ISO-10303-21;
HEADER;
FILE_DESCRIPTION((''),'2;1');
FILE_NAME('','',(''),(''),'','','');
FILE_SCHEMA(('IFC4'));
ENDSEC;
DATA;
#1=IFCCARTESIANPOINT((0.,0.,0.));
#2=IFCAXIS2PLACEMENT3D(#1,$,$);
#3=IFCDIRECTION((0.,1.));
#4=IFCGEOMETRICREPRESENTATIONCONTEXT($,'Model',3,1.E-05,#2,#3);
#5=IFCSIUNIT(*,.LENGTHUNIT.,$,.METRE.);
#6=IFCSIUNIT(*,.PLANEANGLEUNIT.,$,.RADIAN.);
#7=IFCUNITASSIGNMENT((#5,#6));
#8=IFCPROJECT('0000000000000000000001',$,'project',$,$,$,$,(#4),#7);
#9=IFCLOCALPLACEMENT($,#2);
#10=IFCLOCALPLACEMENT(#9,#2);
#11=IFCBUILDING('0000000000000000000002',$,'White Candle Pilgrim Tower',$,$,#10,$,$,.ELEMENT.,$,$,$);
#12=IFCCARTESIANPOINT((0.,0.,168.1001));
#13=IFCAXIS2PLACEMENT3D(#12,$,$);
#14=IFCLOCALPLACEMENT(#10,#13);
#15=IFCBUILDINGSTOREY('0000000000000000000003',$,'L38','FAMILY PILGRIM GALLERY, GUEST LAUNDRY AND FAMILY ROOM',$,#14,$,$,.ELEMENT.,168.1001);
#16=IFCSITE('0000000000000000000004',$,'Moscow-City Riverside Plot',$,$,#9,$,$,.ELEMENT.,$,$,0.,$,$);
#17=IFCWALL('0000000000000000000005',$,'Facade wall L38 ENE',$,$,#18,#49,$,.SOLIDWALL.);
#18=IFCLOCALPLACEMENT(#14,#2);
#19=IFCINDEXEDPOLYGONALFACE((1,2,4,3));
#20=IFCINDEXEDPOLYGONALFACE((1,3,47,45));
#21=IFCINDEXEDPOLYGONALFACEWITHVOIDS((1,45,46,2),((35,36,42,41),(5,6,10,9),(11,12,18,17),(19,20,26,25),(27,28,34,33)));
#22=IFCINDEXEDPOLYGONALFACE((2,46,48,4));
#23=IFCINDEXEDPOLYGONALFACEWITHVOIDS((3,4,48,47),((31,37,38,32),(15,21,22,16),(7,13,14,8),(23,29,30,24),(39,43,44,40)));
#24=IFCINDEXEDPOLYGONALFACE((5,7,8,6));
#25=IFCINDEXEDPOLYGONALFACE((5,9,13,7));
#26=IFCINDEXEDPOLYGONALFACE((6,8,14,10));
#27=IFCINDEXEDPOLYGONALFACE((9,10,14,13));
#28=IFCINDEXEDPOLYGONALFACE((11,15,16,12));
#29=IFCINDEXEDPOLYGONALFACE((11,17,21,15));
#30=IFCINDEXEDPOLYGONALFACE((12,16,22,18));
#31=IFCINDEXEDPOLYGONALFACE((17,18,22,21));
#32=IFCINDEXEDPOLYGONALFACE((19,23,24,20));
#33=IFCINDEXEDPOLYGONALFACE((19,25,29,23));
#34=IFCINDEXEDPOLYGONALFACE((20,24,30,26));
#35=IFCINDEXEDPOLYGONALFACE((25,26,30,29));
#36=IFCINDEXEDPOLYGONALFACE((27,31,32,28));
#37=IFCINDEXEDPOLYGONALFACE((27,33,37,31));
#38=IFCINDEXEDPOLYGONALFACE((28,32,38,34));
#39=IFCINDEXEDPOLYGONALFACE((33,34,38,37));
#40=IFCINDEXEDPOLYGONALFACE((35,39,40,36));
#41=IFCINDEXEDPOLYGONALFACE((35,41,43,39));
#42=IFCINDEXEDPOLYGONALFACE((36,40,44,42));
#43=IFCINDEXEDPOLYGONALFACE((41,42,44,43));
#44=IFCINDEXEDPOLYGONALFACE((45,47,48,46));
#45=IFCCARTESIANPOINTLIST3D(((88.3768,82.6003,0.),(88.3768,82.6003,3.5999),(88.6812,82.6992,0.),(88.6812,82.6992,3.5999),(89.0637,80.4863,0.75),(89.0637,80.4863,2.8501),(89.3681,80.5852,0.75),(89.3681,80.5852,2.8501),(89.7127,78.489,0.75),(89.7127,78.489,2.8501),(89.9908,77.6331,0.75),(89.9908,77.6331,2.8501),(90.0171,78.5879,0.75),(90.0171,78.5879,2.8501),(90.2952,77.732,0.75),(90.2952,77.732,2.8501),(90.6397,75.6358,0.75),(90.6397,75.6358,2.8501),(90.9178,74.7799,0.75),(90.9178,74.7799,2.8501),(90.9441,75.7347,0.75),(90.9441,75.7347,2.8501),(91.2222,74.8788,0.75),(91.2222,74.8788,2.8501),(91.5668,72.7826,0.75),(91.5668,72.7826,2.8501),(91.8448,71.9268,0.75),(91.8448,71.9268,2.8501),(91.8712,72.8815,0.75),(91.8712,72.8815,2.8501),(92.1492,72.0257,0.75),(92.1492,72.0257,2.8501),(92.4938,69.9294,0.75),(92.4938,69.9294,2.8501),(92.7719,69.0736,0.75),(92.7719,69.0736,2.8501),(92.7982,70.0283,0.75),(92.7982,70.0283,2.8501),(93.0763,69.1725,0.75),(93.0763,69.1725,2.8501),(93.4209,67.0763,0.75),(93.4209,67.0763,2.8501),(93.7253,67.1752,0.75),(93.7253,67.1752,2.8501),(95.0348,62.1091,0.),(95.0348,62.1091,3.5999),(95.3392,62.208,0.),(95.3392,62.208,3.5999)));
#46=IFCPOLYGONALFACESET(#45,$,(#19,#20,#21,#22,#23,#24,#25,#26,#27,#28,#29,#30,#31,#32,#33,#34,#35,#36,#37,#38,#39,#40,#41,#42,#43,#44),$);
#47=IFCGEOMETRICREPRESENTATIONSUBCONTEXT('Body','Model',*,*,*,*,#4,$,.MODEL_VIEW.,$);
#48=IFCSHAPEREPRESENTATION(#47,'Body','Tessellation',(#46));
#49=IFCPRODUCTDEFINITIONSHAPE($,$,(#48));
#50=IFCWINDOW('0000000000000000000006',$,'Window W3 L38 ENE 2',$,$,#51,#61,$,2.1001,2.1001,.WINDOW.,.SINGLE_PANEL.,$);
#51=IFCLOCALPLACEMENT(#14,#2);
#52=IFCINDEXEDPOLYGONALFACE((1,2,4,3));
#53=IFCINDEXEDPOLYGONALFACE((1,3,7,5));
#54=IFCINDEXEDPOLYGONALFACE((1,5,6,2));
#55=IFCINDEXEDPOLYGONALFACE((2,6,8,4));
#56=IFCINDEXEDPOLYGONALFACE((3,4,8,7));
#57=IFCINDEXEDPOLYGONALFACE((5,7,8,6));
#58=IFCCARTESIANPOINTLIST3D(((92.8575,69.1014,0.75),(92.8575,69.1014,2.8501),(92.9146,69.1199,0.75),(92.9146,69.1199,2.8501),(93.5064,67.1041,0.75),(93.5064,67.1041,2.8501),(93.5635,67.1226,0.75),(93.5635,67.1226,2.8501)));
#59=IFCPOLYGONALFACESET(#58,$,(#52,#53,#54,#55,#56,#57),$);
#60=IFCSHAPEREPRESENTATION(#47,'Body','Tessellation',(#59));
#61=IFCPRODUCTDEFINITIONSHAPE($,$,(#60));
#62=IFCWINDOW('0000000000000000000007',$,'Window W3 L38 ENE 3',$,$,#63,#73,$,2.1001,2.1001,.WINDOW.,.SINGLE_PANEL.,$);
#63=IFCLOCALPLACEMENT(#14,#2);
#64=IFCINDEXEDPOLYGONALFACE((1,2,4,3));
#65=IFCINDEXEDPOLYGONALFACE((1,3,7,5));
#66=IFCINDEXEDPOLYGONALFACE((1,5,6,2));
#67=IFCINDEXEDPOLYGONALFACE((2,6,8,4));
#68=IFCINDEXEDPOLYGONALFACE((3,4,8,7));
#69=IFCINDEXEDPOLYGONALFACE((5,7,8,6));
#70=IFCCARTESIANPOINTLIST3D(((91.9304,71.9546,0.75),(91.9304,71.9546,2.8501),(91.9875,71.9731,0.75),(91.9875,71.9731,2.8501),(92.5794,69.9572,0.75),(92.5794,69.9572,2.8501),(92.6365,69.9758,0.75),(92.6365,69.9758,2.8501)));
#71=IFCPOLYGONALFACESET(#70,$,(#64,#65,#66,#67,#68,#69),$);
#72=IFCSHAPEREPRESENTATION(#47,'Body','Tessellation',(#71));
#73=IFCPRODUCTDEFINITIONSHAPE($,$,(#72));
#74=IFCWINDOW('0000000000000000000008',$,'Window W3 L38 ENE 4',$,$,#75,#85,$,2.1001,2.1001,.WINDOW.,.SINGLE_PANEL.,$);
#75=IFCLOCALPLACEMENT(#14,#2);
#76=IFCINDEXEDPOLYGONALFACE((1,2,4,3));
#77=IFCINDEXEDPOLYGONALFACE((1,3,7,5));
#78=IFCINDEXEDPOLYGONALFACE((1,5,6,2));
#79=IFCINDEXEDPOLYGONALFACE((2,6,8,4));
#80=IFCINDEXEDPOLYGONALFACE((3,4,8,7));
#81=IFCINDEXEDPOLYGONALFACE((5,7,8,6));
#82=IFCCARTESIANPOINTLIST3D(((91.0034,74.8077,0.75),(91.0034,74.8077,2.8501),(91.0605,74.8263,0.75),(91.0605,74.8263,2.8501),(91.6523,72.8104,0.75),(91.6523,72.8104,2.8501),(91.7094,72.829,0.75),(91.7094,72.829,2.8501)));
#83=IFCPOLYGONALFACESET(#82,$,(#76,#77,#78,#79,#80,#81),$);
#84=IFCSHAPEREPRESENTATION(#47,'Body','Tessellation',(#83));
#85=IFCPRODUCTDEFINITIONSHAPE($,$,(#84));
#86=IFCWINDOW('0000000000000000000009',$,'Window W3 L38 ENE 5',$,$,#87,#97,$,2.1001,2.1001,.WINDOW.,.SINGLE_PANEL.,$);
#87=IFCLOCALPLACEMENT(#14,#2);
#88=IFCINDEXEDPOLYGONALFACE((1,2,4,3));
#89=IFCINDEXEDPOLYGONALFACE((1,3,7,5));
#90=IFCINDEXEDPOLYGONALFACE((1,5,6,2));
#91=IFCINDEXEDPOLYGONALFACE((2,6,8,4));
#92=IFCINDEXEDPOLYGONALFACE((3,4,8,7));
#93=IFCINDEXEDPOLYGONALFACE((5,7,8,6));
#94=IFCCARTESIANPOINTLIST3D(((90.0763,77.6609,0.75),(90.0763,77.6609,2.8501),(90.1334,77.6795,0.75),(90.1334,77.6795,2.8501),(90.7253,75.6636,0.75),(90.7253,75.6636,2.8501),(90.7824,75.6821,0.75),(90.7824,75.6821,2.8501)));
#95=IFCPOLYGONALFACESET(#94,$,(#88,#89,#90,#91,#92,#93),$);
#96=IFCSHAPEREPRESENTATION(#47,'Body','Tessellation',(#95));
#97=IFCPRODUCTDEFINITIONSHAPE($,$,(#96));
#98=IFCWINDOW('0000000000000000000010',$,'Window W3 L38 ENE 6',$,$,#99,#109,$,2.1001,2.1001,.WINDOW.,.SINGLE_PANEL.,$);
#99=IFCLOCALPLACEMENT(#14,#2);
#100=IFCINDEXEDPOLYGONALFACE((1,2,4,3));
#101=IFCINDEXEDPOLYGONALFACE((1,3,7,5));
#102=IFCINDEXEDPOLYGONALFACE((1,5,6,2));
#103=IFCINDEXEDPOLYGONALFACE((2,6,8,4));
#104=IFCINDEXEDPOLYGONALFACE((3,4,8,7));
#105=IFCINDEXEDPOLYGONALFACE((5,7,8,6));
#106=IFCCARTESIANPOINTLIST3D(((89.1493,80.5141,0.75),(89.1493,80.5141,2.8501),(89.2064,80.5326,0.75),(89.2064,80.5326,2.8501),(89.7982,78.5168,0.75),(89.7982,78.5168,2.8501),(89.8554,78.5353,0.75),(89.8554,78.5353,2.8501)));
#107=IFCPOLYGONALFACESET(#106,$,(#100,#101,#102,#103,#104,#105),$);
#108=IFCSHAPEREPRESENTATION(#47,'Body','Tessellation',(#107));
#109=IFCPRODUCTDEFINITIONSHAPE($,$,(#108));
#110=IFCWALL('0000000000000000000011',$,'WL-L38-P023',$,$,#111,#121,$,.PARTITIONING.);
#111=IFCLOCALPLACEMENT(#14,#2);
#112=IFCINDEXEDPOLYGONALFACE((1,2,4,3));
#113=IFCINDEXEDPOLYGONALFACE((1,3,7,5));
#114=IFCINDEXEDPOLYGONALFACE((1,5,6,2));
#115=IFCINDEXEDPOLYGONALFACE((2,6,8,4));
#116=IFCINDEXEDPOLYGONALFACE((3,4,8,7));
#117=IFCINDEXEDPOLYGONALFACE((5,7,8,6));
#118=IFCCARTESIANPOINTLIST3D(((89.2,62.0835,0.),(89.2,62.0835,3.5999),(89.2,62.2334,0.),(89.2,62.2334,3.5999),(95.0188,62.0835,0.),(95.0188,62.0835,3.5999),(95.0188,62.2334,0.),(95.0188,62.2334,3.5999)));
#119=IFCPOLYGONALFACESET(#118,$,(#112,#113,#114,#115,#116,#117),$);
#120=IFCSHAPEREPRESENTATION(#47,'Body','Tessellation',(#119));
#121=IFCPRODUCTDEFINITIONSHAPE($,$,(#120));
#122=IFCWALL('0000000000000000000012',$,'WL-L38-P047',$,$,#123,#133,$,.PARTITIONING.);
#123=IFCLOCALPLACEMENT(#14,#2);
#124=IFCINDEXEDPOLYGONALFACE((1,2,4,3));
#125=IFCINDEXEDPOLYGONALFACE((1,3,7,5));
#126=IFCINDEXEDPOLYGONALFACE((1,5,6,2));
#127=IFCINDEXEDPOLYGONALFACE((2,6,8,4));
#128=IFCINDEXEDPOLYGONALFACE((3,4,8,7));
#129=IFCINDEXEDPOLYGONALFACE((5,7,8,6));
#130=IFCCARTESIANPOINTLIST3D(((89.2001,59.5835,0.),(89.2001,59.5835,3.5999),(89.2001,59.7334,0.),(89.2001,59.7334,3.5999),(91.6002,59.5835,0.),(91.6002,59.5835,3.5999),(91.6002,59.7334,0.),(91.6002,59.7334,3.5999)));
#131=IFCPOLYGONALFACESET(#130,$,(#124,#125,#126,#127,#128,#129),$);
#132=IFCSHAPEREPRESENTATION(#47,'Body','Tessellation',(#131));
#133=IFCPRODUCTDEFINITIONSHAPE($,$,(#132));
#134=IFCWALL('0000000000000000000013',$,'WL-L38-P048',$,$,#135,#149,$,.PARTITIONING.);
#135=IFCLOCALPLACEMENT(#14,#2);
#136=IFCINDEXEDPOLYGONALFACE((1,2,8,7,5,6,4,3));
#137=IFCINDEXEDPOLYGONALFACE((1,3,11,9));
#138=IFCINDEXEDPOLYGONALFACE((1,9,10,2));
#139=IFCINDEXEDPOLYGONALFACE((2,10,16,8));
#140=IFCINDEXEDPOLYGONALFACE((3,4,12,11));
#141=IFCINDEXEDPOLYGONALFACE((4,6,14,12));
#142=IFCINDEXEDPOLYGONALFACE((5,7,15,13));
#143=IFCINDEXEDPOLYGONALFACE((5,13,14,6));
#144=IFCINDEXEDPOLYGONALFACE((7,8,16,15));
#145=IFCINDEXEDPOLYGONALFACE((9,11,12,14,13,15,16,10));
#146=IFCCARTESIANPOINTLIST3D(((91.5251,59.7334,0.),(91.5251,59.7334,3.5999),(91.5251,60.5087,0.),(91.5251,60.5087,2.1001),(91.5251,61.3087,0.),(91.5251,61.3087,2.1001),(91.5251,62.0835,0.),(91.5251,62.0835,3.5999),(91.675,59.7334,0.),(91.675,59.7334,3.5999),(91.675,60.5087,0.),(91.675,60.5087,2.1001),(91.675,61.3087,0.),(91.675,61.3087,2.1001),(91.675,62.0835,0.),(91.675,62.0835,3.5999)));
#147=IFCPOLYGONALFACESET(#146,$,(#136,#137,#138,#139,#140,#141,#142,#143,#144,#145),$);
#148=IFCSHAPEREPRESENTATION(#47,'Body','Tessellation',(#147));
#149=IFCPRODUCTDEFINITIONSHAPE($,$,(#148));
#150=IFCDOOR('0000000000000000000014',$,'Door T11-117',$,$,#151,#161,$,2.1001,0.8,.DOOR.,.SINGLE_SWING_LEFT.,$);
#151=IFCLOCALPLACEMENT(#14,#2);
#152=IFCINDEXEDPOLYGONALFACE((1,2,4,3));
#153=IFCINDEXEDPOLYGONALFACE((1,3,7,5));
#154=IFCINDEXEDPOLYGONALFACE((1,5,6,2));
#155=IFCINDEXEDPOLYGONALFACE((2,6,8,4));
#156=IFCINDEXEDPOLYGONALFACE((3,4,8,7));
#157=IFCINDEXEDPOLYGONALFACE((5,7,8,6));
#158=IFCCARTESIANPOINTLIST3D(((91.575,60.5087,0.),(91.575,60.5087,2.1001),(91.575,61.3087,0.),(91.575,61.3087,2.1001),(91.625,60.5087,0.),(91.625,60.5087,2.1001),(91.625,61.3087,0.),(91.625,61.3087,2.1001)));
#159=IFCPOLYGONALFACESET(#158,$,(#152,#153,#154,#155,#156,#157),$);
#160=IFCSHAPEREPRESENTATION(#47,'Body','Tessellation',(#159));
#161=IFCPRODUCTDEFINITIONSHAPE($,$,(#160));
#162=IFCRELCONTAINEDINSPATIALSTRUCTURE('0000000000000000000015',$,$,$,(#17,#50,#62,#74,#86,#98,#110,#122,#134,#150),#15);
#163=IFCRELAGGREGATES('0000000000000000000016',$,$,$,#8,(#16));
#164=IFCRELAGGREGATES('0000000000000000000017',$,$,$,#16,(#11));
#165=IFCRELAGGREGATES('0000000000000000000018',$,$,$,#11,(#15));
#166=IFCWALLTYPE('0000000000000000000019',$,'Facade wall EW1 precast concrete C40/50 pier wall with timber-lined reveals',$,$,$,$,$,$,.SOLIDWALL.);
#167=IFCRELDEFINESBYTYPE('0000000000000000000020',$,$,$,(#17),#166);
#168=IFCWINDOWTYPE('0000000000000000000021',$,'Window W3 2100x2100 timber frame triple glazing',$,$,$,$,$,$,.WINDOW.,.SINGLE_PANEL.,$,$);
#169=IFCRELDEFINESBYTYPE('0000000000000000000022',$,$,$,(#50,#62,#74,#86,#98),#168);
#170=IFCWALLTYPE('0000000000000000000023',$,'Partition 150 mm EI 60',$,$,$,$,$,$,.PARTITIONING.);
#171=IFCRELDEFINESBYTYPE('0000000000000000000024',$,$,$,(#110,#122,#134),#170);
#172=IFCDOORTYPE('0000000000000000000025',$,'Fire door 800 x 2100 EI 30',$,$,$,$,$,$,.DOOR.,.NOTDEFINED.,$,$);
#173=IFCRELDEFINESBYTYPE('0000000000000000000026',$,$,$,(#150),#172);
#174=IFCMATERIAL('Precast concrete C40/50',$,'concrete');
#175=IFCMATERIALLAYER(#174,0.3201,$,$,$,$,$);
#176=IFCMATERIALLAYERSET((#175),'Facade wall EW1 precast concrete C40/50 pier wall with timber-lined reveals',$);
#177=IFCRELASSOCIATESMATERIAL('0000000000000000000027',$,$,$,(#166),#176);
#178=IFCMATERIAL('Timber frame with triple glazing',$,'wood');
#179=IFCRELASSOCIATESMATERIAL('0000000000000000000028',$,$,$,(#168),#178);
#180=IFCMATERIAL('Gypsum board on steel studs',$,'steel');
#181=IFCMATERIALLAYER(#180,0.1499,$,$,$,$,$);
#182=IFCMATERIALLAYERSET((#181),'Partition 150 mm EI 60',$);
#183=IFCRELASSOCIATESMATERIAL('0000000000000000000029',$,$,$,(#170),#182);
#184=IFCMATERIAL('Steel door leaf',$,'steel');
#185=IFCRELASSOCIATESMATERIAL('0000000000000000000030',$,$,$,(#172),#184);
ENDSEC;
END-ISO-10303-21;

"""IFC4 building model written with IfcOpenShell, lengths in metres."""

from ifc_helpers import new_model, si_unit, direction, frame, frame_2d, origin, place, context, subcontext, project, spatial, rectangle, extrude, material, layer, layer_set, type_object, element, fill, save


model = new_model("IFC4")

# Units and contexts
model_context = context("Model", 3, precision=1e-05, world=origin(), true_north=direction((0.0, 1.0)))
body_context = subcontext(model_context, "Body", "Model", "MODEL_VIEW")
ifc_project = project(units=[si_unit("LENGTHUNIT", "METRE"), si_unit("PLANEANGLEUNIT", "RADIAN")], contexts=[model_context])

# Site, building, storey
site_placement = place(None, origin())
site = spatial("IfcSite", under=ifc_project, at=site_placement, Name="Moscow-City Riverside Plot", CompositionType="ELEMENT", RefElevation=0.0)
building_placement = place(site_placement, origin())
building = spatial("IfcBuilding", under=site, at=building_placement, Name="White Candle Pilgrim Tower", CompositionType="ELEMENT")
storey_placement = place(building_placement, frame((0.0, 0.0, 168.1001)))
storey = spatial("IfcBuildingStorey", under=building, at=storey_placement, Name="L38", Description="FAMILY PILGRIM GALLERY, GUEST LAUNDRY AND FAMILY ROOM", CompositionType="ELEMENT", Elevation=168.1001)

# Shared definitions
ifc_material_1 = material(Name="Gypsum board on steel studs", Category="steel")
ifc_material_2 = material(Name="Steel door leaf", Category="steel")

# Wall, openings, windows
ifc_material_3 = material(Name="Precast concrete C40/50", Category="concrete")
ifc_layer_1 = layer(ifc_material_3, 0.3201)
ifc_layer_set_1 = layer_set([ifc_layer_1], Name="Facade wall EW1 precast concrete C40/50 pier wall with timber-lined reveals")
wall_type_1 = type_object("IfcWallType", Name="Facade wall EW1 precast concrete C40/50 pier wall with timber-lined reveals", PredefinedType="SOLIDWALL", material=ifc_layer_set_1)
wall_1_placement = place(storey_placement, frame((95.187, 62.1584, 0.0), z_axis=(0.0, 0.0, 1.0), x_axis=(-0.309015, 0.951057, 0.0)))
wall_1 = element("IfcWall", 1, at=wall_1_placement, inside=storey, type_object=wall_type_1, Name="Facade wall L38 ENE", PredefinedType="SOLIDWALL", context=body_context, shape_type="SweptSolid", body=[
    extrude(rectangle(XDim=21.5457, YDim=0.3201, at=frame_2d((10.7729, 0.0))), origin(), (0.0, 0.0, 1.0), 3.5999),
])
opening_1_placement = place(wall_1_placement, frame((5.2229, 0.0, 0.75)))
opening_1 = element("IfcOpeningElement", 2, at=opening_1_placement, cuts=wall_1, PredefinedType="OPENING", context=body_context, shape_type="SweptSolid", body=[
    extrude(rectangle(XDim=2.1001, YDim=2.1001, at=frame_2d((1.05, 1.05))), frame((0.0, 0.1699, 0.0), z_axis=(0.0, -1.0, 0.0), x_axis=(1.0, 0.0, 0.0)), (0.0, 0.0, 1.0), 0.3401),
])
opening_2_placement = place(wall_1_placement, frame((8.2229, 0.0, 0.75)))
opening_2 = element("IfcOpeningElement", 3, at=opening_2_placement, cuts=wall_1, PredefinedType="OPENING", context=body_context, shape_type="SweptSolid", body=[
    extrude(rectangle(XDim=2.1001, YDim=2.1001, at=frame_2d((1.05, 1.05))), frame((0.0, 0.1699, 0.0), z_axis=(0.0, -1.0, 0.0), x_axis=(1.0, 0.0, 0.0)), (0.0, 0.0, 1.0), 0.3401),
])
opening_3_placement = place(wall_1_placement, frame((11.2229, 0.0, 0.75)))
opening_3 = element("IfcOpeningElement", 4, at=opening_3_placement, cuts=wall_1, PredefinedType="OPENING", context=body_context, shape_type="SweptSolid", body=[
    extrude(rectangle(XDim=2.1001, YDim=2.1001, at=frame_2d((1.05, 1.05))), frame((0.0, 0.1699, 0.0), z_axis=(0.0, -1.0, 0.0), x_axis=(1.0, 0.0, 0.0)), (0.0, 0.0, 1.0), 0.3401),
])
opening_4_placement = place(wall_1_placement, frame((14.2229, 0.0, 0.75)))
opening_4 = element("IfcOpeningElement", 5, at=opening_4_placement, cuts=wall_1, PredefinedType="OPENING", context=body_context, shape_type="SweptSolid", body=[
    extrude(rectangle(XDim=2.1001, YDim=2.1001, at=frame_2d((1.05, 1.05))), frame((0.0, 0.1699, 0.0), z_axis=(0.0, -1.0, 0.0), x_axis=(1.0, 0.0, 0.0)), (0.0, 0.0, 1.0), 0.3401),
])
opening_5_placement = place(wall_1_placement, frame((17.2229, 0.0, 0.75)))
opening_5 = element("IfcOpeningElement", 6, at=opening_5_placement, cuts=wall_1, PredefinedType="OPENING", context=body_context, shape_type="SweptSolid", body=[
    extrude(rectangle(XDim=2.1001, YDim=2.1001, at=frame_2d((1.05, 1.05))), frame((0.0, 0.1699, 0.0), z_axis=(0.0, -1.0, 0.0), x_axis=(1.0, 0.0, 0.0)), (0.0, 0.0, 1.0), 0.3401),
])
ifc_material_4 = material(Name="Timber frame with triple glazing", Category="wood")
window_type = type_object("IfcWindowType", Name="Window W3 2100x2100 timber frame triple glazing", PartitioningType="SINGLE_PANEL", PredefinedType="WINDOW", material=ifc_material_4)
window_1_placement = place(opening_1_placement, origin())
window_1 = element("IfcWindow", 7, at=window_1_placement, inside=storey, type_object=window_type, Name="Window W3 L38 ENE 2", OverallHeight=2.1001, OverallWidth=2.1001, PartitioningType="SINGLE_PANEL", PredefinedType="WINDOW", context=body_context, shape_type="SweptSolid", body=[
    extrude(rectangle(XDim=2.1001, YDim=2.1001, at=frame_2d((1.05, 1.05))), frame((0.0, 0.0701, 0.0), z_axis=(0.0, -1.0, 0.0), x_axis=(1.0, 0.0, 0.0)), (0.0, 0.0, 1.0), 0.0601),
])
fill(opening_1, window_1)
window_2_placement = place(opening_2_placement, origin())
window_2 = element("IfcWindow", 8, at=window_2_placement, inside=storey, type_object=window_type, Name="Window W3 L38 ENE 3", OverallHeight=2.1001, OverallWidth=2.1001, PartitioningType="SINGLE_PANEL", PredefinedType="WINDOW", context=body_context, shape_type="SweptSolid", body=[
    extrude(rectangle(XDim=2.1001, YDim=2.1001, at=frame_2d((1.05, 1.05))), frame((0.0, 0.0701, 0.0), z_axis=(0.0, -1.0, 0.0), x_axis=(1.0, 0.0, 0.0)), (0.0, 0.0, 1.0), 0.0601),
])
fill(opening_2, window_2)
window_3_placement = place(opening_3_placement, origin())
window_3 = element("IfcWindow", 9, at=window_3_placement, inside=storey, type_object=window_type, Name="Window W3 L38 ENE 4", OverallHeight=2.1001, OverallWidth=2.1001, PartitioningType="SINGLE_PANEL", PredefinedType="WINDOW", context=body_context, shape_type="SweptSolid", body=[
    extrude(rectangle(XDim=2.1001, YDim=2.1001, at=frame_2d((1.05, 1.05))), frame((0.0, 0.0701, 0.0), z_axis=(0.0, -1.0, 0.0), x_axis=(1.0, 0.0, 0.0)), (0.0, 0.0, 1.0), 0.0601),
])
fill(opening_3, window_3)
window_4_placement = place(opening_4_placement, origin())
window_4 = element("IfcWindow", 10, at=window_4_placement, inside=storey, type_object=window_type, Name="Window W3 L38 ENE 5", OverallHeight=2.1001, OverallWidth=2.1001, PartitioningType="SINGLE_PANEL", PredefinedType="WINDOW", context=body_context, shape_type="SweptSolid", body=[
    extrude(rectangle(XDim=2.1001, YDim=2.1001, at=frame_2d((1.05, 1.05))), frame((0.0, 0.0701, 0.0), z_axis=(0.0, -1.0, 0.0), x_axis=(1.0, 0.0, 0.0)), (0.0, 0.0, 1.0), 0.0601),
])
fill(opening_4, window_4)
window_5_placement = place(opening_5_placement, origin())
window_5 = element("IfcWindow", 11, at=window_5_placement, inside=storey, type_object=window_type, Name="Window W3 L38 ENE 6", OverallHeight=2.1001, OverallWidth=2.1001, PartitioningType="SINGLE_PANEL", PredefinedType="WINDOW", context=body_context, shape_type="SweptSolid", body=[
    extrude(rectangle(XDim=2.1001, YDim=2.1001, at=frame_2d((1.05, 1.05))), frame((0.0, 0.0701, 0.0), z_axis=(0.0, -1.0, 0.0), x_axis=(1.0, 0.0, 0.0)), (0.0, 0.0, 1.0), 0.0601),
])
fill(opening_5, window_5)

# Walls
ifc_layer_2 = layer(ifc_material_1, 0.1499)
ifc_layer_set_2 = layer_set([ifc_layer_2], Name="Partition 150 mm EI 60")
wall_type_2 = type_object("IfcWallType", Name="Partition 150 mm EI 60", PredefinedType="PARTITIONING", material=ifc_layer_set_2)
wall_2_placement = place(storey_placement, frame((95.0188, 62.1584, 0.0), z_axis=(0.0, 0.0, 1.0), x_axis=(-1.0, 0.0, 0.0)))
element("IfcWall", 12, at=wall_2_placement, inside=storey, type_object=wall_type_2, Name="WL-L38-P023", PredefinedType="PARTITIONING", context=body_context, shape_type="SweptSolid", body=[
    extrude(rectangle(XDim=5.8188, YDim=0.1499, at=frame_2d((2.9094, 0.0))), origin(), (0.0, 0.0, 1.0), 3.5999),
])
wall_3_placement = place(storey_placement, frame((89.2, 59.6584, 0.0), z_axis=(0.0, 0.0, 1.0), x_axis=(1.0, 0.0, 0.0)))
element("IfcWall", 13, at=wall_3_placement, inside=storey, type_object=wall_type_2, Name="WL-L38-P047", PredefinedType="PARTITIONING", context=body_context, shape_type="SweptSolid", body=[
    extrude(rectangle(XDim=2.4001, YDim=0.1499, at=frame_2d((1.2002, 0.0))), origin(), (0.0, 0.0, 1.0), 3.5999),
])

# Wall, opening, door
wall_4_placement = place(storey_placement, frame((91.6001, 62.0835, 0.0), z_axis=(0.0, 0.0, 1.0), x_axis=(0.0, -1.0, 0.0)))
wall_4 = element("IfcWall", 14, at=wall_4_placement, inside=storey, type_object=wall_type_2, Name="WL-L38-P048", PredefinedType="PARTITIONING", context=body_context, shape_type="SweptSolid", body=[
    extrude(rectangle(XDim=2.3501, YDim=0.1499, at=frame_2d((1.175, 0.0))), origin(), (0.0, 0.0, 1.0), 3.5999),
])
opening_6_placement = place(wall_4_placement, frame((0.7749, 0.0, 0.0)))
opening_6 = element("IfcOpeningElement", 15, at=opening_6_placement, cuts=wall_4, PredefinedType="OPENING", context=body_context, shape_type="SweptSolid", body=[
    extrude(rectangle(XDim=0.8, YDim=2.1001, at=frame_2d((0.3999, 1.05))), frame((0.0, 0.085, 0.0), z_axis=(0.0, -1.0, 0.0), x_axis=(1.0, 0.0, 0.0)), (0.0, 0.0, 1.0), 0.1699),
])
door_type_1 = type_object("IfcDoorType", Name="Fire door 800 x 2100 EI 30", OperationType="NOTDEFINED", PredefinedType="DOOR", material=ifc_material_2)
door_1_placement = place(opening_6_placement, origin())
door_1 = element("IfcDoor", 16, at=door_1_placement, inside=storey, type_object=door_type_1, Name="Door T11-117", OperationType="SINGLE_SWING_LEFT", OverallHeight=2.1001, OverallWidth=0.8, PredefinedType="DOOR", context=body_context, shape_type="SweptSolid", body=[
    extrude(rectangle(XDim=0.8, YDim=2.1001, at=frame_2d((0.3999, 1.05))), frame((0.0, 0.0249, 0.0), z_axis=(0.0, -1.0, 0.0), x_axis=(1.0, 0.0, 0.0)), (0.0, 0.0, 1.0), 0.05),
])
fill(opening_6, door_1)

save(model, "model.ifc")
